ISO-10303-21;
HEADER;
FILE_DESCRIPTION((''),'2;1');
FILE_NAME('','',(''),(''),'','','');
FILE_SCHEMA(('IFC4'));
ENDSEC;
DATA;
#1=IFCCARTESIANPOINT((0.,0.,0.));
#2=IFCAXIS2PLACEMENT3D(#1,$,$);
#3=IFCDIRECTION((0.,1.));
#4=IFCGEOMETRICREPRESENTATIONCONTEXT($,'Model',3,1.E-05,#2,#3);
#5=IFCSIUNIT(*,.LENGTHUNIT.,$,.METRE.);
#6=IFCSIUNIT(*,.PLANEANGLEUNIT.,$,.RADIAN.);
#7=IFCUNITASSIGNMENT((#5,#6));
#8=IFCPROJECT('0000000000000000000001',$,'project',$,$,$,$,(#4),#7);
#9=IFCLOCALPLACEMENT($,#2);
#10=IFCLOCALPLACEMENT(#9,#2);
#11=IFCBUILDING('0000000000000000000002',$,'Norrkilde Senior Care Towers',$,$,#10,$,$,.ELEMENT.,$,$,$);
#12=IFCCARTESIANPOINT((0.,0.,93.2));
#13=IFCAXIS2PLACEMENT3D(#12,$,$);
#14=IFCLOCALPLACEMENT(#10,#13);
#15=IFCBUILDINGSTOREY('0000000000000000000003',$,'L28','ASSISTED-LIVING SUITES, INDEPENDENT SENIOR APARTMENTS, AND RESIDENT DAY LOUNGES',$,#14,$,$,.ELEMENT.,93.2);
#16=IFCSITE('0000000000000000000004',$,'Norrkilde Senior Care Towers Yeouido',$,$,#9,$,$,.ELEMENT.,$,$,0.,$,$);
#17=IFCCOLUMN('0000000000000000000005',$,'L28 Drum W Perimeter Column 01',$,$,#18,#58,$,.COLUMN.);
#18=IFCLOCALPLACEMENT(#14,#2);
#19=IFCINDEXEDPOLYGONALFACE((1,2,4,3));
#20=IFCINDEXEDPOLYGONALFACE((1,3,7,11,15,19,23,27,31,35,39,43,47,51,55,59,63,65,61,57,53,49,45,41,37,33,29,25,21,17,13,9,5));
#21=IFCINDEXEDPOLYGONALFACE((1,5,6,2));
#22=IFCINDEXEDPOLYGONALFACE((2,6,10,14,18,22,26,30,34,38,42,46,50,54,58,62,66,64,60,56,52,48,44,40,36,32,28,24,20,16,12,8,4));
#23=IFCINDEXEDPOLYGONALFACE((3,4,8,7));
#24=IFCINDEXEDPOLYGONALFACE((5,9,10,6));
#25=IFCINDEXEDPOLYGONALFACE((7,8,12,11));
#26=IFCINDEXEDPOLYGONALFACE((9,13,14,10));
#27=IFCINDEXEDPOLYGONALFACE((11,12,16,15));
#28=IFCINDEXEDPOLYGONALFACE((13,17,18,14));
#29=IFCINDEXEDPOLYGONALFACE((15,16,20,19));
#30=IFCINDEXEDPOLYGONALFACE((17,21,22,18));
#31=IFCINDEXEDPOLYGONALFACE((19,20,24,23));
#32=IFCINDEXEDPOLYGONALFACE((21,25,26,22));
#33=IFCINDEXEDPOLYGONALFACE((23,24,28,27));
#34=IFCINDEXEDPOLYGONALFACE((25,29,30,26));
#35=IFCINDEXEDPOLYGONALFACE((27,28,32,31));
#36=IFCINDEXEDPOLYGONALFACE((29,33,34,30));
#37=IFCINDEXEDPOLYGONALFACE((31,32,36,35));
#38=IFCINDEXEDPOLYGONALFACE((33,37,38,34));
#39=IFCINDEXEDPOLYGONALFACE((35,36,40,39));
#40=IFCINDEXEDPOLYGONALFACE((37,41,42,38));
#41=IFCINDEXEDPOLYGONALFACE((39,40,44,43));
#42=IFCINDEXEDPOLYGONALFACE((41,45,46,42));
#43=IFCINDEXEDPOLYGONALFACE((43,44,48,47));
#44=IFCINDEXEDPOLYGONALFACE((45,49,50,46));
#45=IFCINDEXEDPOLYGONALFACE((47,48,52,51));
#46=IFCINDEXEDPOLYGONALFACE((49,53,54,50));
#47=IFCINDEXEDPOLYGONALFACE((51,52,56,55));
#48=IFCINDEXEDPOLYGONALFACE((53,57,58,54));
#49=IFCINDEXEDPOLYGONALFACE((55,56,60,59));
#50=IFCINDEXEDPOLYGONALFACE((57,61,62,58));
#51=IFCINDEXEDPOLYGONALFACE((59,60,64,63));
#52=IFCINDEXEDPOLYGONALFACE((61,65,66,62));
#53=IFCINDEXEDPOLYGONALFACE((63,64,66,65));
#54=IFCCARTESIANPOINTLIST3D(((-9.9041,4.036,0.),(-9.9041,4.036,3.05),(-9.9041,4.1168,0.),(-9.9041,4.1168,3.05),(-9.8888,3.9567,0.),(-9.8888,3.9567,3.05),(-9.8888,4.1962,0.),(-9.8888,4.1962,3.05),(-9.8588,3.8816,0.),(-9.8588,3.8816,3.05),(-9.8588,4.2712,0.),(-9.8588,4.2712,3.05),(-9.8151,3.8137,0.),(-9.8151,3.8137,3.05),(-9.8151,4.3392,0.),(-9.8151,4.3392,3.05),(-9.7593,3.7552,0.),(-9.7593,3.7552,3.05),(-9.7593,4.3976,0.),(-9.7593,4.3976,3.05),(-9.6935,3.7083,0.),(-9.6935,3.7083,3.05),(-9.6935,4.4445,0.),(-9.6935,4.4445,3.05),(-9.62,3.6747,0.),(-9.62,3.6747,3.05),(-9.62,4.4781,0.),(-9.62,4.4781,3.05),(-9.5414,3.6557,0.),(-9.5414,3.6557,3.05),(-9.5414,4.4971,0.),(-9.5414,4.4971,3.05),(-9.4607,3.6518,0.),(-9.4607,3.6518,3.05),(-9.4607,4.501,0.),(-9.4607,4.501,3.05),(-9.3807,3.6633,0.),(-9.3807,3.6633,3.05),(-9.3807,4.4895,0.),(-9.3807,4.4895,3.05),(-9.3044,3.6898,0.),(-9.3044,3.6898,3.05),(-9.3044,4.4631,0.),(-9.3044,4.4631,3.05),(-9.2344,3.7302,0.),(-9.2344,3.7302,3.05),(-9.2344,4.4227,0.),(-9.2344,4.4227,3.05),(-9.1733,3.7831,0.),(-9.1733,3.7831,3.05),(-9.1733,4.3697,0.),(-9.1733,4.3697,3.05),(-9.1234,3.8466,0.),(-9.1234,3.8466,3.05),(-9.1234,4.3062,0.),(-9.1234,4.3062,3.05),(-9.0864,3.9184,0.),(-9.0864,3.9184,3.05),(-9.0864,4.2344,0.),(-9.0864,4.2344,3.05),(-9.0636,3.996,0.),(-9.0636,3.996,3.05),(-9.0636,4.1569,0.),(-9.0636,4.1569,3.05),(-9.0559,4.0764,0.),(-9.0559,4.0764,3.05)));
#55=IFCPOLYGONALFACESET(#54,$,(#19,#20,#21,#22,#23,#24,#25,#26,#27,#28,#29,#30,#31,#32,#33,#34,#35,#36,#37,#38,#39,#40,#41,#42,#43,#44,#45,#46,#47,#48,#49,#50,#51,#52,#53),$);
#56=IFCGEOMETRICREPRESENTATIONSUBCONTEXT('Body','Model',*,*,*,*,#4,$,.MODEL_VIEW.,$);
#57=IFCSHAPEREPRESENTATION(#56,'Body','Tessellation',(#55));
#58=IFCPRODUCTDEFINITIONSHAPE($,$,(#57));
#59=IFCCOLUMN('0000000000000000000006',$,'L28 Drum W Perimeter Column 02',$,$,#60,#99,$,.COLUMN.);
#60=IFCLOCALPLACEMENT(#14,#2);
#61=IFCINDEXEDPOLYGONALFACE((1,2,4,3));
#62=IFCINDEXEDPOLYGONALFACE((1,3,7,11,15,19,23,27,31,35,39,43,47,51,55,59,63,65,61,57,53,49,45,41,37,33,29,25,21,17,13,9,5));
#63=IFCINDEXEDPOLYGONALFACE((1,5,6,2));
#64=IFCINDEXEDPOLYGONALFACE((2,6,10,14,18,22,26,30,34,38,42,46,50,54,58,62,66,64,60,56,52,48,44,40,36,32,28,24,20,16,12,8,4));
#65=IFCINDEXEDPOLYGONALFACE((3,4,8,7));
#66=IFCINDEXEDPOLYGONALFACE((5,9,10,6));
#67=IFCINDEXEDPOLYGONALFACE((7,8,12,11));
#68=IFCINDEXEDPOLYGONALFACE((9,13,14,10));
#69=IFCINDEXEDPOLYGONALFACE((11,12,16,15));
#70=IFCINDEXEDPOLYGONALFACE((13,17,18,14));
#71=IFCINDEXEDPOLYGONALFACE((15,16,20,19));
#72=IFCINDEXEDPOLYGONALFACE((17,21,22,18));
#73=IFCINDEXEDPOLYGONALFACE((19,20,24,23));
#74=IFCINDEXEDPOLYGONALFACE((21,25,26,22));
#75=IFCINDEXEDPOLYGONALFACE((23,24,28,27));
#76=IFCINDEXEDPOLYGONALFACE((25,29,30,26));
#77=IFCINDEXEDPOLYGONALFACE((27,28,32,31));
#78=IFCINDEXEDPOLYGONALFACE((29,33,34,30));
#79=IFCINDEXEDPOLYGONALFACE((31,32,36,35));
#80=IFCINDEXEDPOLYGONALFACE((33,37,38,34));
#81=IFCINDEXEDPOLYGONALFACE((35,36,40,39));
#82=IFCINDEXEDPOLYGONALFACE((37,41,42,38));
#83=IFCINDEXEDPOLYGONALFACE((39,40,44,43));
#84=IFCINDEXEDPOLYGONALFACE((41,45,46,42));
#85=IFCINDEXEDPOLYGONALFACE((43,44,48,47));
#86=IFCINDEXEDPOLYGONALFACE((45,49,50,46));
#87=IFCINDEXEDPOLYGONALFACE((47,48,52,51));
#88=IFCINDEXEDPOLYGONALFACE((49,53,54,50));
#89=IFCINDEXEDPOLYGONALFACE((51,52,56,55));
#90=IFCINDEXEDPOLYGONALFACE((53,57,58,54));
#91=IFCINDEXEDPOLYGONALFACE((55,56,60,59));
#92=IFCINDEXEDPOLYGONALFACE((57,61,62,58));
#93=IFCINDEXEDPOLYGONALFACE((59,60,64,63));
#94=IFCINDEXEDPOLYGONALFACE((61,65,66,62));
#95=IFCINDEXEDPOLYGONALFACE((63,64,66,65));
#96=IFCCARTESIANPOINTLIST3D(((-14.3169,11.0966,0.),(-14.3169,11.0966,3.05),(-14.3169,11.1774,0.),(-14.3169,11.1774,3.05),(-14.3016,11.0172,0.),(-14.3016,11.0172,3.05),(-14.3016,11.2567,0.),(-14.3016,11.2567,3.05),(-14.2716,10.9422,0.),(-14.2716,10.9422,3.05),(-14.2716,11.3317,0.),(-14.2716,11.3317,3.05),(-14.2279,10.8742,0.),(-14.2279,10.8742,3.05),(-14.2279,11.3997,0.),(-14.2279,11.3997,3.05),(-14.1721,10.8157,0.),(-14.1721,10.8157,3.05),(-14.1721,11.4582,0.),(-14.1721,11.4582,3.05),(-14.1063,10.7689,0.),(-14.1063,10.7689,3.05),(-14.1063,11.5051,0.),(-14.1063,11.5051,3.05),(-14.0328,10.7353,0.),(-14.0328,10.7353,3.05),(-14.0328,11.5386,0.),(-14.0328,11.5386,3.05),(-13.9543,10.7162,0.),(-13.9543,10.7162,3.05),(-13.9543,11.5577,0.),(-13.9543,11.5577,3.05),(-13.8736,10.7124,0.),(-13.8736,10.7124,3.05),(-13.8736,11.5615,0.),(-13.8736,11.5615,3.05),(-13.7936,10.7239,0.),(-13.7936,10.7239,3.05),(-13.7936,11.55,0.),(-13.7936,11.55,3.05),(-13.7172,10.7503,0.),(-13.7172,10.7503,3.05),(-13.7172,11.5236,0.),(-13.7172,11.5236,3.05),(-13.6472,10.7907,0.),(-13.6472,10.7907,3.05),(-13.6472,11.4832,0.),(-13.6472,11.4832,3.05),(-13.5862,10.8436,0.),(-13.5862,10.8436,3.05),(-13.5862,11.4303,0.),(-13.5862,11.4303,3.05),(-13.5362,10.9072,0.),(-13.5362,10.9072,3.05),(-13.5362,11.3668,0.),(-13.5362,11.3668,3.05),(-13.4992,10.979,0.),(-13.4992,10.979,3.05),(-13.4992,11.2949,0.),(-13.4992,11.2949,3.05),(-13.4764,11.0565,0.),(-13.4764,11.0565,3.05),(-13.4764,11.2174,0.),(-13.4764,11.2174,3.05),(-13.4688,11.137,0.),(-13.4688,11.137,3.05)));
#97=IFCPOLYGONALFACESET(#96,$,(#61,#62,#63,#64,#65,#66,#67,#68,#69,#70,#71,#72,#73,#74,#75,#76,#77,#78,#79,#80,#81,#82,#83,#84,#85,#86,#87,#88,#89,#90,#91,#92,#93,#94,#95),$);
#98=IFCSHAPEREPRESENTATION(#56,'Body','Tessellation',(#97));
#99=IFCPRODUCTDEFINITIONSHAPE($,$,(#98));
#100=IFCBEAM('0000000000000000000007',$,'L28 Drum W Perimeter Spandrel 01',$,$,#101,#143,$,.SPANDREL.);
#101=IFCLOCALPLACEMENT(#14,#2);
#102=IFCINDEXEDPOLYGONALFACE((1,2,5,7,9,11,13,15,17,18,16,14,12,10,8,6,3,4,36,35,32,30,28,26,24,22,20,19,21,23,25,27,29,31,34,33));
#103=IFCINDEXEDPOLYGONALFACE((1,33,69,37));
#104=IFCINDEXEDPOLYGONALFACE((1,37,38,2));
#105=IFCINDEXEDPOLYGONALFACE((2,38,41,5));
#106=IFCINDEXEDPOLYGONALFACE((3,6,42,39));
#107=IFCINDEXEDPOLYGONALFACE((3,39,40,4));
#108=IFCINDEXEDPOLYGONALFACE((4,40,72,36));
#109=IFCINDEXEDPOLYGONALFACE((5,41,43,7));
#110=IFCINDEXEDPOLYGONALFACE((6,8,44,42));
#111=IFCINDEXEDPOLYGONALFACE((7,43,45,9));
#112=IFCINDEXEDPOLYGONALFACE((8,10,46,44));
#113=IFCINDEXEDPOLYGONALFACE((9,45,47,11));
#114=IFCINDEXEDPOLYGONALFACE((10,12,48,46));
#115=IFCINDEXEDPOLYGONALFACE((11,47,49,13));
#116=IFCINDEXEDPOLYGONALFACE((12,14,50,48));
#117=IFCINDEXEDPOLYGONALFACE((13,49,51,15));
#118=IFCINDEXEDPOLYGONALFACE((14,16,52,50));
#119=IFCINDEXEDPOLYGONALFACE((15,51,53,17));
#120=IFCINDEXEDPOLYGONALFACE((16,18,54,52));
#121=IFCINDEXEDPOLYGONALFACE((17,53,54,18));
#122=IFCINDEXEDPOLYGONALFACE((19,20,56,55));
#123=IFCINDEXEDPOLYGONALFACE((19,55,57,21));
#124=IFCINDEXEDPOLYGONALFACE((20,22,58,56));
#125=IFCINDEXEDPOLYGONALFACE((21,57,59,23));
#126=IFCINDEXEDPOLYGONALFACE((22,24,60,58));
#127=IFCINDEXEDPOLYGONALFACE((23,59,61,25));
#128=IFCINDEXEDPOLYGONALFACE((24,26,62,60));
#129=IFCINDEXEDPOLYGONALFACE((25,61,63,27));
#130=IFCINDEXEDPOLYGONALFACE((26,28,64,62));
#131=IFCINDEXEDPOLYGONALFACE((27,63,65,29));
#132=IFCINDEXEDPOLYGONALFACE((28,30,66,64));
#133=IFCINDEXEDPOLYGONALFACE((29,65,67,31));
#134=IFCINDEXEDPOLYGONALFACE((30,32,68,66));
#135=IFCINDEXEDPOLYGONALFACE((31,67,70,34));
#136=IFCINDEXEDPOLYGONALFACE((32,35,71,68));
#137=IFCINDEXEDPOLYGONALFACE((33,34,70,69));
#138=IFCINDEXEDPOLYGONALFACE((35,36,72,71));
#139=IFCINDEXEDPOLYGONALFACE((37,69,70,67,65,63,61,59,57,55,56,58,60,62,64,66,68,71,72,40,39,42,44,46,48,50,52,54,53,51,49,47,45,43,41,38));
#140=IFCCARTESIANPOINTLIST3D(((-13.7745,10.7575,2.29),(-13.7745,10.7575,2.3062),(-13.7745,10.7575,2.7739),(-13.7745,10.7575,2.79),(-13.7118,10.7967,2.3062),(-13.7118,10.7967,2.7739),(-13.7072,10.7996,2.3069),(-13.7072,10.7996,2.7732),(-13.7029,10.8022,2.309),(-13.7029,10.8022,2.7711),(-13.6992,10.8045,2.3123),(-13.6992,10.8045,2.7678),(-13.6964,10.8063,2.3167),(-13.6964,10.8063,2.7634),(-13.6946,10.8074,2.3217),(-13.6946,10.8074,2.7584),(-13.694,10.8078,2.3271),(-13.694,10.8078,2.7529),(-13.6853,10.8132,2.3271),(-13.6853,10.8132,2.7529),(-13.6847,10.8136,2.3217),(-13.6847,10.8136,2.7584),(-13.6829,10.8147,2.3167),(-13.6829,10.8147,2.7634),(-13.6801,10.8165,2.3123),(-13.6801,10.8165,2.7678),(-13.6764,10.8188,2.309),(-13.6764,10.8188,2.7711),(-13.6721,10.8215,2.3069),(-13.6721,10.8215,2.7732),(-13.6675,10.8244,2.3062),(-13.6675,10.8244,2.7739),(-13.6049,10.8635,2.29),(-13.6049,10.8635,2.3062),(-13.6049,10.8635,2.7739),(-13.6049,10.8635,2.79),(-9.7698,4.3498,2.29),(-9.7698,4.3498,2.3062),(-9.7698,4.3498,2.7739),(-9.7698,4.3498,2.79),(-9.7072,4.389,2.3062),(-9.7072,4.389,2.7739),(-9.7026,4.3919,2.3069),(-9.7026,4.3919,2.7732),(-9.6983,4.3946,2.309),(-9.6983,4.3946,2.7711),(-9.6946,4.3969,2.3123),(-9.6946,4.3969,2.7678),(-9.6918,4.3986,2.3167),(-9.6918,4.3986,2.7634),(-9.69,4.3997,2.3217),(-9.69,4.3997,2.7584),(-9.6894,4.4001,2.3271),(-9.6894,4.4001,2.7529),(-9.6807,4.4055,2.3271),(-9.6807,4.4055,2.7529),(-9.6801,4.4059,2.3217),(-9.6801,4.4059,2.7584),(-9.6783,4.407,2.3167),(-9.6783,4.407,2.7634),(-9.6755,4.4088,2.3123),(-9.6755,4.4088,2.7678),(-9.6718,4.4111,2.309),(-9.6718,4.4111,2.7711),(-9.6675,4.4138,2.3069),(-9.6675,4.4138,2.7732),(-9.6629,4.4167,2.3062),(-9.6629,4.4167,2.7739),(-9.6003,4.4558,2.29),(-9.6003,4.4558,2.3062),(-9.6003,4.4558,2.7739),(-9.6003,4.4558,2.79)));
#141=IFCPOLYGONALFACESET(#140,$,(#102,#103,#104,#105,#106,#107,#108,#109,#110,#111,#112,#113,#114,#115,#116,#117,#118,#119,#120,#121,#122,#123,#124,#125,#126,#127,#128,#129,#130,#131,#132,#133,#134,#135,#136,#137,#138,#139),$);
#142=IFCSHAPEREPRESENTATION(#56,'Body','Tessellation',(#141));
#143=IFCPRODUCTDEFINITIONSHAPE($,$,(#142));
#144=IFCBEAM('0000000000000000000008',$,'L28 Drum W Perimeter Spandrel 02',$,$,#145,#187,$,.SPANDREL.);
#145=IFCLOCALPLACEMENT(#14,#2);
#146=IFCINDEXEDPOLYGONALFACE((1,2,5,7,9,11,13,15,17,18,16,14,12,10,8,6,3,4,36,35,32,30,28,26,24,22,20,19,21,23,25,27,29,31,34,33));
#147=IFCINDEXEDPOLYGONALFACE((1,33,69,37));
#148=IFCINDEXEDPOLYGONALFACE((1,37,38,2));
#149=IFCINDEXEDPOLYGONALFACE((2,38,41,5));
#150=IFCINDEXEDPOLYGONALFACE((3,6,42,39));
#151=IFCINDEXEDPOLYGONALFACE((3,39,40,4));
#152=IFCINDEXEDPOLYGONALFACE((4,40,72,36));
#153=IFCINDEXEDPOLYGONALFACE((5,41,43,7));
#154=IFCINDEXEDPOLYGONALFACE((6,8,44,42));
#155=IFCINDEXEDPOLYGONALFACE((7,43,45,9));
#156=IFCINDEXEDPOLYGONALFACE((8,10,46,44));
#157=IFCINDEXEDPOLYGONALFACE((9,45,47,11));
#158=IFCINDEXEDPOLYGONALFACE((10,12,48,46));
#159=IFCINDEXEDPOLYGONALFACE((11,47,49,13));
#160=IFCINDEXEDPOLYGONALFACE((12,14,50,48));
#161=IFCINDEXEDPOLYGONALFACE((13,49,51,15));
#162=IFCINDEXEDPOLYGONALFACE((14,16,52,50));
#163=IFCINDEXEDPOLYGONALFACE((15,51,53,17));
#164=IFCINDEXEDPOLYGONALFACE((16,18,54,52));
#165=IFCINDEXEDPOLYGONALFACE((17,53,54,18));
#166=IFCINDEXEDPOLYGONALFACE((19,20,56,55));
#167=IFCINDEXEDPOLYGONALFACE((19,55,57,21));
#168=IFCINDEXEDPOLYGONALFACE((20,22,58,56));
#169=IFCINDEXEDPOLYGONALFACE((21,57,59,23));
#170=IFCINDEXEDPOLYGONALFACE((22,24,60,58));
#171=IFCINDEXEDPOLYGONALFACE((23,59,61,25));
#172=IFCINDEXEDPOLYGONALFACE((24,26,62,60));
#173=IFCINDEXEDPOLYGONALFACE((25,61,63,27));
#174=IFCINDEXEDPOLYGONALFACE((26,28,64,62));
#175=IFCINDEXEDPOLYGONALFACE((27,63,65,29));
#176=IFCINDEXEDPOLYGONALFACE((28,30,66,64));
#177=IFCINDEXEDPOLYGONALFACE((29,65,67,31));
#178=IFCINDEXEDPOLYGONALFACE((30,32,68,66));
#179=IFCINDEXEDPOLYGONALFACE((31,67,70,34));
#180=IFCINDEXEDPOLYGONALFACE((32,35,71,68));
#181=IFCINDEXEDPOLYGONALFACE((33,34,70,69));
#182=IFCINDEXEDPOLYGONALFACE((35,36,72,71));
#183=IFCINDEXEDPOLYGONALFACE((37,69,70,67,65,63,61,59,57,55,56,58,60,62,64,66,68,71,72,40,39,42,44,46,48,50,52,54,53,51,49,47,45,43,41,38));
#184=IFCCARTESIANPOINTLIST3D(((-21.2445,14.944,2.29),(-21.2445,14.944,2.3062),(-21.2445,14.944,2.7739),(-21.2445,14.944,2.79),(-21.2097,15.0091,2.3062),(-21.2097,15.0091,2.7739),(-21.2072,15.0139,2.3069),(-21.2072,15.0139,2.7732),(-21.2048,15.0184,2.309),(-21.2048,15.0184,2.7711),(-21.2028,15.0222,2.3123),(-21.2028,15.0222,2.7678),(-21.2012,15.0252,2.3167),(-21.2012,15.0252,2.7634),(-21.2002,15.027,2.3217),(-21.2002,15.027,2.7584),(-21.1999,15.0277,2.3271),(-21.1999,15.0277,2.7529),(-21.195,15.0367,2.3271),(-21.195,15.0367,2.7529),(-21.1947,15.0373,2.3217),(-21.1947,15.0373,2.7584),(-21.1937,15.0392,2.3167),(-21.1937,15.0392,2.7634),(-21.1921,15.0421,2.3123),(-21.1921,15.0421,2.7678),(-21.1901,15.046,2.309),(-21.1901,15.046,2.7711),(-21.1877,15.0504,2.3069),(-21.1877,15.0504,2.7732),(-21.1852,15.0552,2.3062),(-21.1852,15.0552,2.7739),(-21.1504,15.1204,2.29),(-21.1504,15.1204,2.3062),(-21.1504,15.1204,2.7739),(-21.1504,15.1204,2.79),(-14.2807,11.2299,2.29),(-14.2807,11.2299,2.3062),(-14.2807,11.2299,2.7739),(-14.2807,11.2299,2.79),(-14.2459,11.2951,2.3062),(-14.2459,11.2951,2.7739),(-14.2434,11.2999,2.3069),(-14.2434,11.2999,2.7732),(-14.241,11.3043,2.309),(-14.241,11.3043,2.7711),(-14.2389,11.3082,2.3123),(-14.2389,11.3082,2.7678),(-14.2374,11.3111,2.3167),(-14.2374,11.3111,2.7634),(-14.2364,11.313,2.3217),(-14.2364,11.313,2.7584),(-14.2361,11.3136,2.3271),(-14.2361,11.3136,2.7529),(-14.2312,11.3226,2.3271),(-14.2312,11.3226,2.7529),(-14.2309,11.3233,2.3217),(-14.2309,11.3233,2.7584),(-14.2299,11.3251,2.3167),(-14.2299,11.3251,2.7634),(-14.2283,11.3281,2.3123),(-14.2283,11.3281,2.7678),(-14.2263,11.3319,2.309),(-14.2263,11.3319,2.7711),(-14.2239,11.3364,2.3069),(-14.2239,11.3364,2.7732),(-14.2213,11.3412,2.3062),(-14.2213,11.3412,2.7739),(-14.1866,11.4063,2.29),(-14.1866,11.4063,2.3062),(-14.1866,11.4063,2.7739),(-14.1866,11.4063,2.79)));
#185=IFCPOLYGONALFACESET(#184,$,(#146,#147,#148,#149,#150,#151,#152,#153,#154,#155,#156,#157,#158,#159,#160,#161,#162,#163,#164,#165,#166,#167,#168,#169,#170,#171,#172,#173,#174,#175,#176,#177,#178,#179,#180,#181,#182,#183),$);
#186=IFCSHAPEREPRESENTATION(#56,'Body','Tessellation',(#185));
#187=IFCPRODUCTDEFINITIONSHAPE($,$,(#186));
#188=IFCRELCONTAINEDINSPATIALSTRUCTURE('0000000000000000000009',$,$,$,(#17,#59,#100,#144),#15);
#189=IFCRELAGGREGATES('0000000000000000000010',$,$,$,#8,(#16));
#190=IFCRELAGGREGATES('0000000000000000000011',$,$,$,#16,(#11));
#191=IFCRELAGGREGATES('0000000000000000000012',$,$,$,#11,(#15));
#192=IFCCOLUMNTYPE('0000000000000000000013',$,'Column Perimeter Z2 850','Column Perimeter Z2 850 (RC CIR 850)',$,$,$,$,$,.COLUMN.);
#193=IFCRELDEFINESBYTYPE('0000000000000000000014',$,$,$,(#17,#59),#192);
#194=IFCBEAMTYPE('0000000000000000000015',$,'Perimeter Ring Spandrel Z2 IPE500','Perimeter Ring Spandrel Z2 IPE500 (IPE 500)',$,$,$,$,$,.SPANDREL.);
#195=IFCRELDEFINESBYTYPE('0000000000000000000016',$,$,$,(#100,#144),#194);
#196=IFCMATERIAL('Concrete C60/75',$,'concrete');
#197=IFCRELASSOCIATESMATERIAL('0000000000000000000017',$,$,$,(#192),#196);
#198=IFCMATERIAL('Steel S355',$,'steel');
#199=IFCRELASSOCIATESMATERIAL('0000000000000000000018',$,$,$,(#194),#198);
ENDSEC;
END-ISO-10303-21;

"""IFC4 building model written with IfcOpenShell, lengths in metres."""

from ifc_helpers import new_model, si_unit, direction, frame, origin, origin_2d, place, context, subcontext, project, spatial, circle, i_section, extrude, source, transform, mapped, material, material_profile, profile_set, type_object, type_shapes, element, save


model = new_model("IFC4")

# Units and contexts
model_context = context("Model", 3, precision=1e-05, world=origin(), true_north=direction((0.0, 1.0)))
body_context = subcontext(model_context, "Body", "Model", "MODEL_VIEW")
ifc_project = project(units=[si_unit("LENGTHUNIT", "METRE"), si_unit("PLANEANGLEUNIT", "RADIAN")], contexts=[model_context])

# Site, building, storey
site_placement = place(None, origin())
site = spatial("IfcSite", under=ifc_project, at=site_placement, Name="Norrkilde Senior Care Towers Yeouido", CompositionType="ELEMENT", RefElevation=0.0)
building_placement = place(site_placement, origin())
building = spatial("IfcBuilding", under=site, at=building_placement, Name="Norrkilde Senior Care Towers", CompositionType="ELEMENT")
storey_placement = place(building_placement, frame((0.0, 0.0, 93.2)))
storey = spatial("IfcBuildingStorey", under=building, at=storey_placement, Name="L28", Description="ASSISTED-LIVING SUITES, INDEPENDENT SENIOR APARTMENTS, AND RESIDENT DAY LOUNGES", CompositionType="ELEMENT", Elevation=93.2)

# Columns
ifc_material_1 = material(Name="Concrete C60/75", Category="concrete")
ifc_material_profile_1 = material_profile(ifc_material_1, circle(Radius=0.425, at=origin_2d()), Name="RC CIR 850")
ifc_profile_set_1 = profile_set([ifc_material_profile_1], Name="Concrete C60/75")
column_type = type_object("IfcColumnType", Name="Column Perimeter Z2 850", Description="Column Perimeter Z2 850 (RC CIR 850)", PredefinedType="COLUMN", material=ifc_profile_set_1)
shared_shape_1 = source(origin(), body_context, "Body", "SweptSolid", [
    extrude(circle(Radius=0.425, at=origin_2d()), origin(), (0.0, 0.0, 1.0), 3.05),
])
type_shapes(column_type, [shared_shape_1])
for number, where, z_axis, x_axis, name in (
    (1, (-9.481, 4.0764, 0.0), (0.0, 0.0, 1.0), (1.0, 0.0, 0.0), "L28 Drum W Perimeter Column 01"),
    (2, (-13.8938, 11.137, 0.0), (0.0, 0.0, 1.0), (1.0, 0.0, 0.0), "L28 Drum W Perimeter Column 02"),
):
    element("IfcColumn", number, at=place(storey_placement, frame(where, z_axis=z_axis, x_axis=x_axis)), inside=storey, type_object=column_type, Name=name, PredefinedType="COLUMN", context=body_context, shape_type="MappedRepresentation", body=[
        mapped(shared_shape_1, transform((0.0, 0.0, 0.0), x_axis=(1.0, 0.0, 0.0), y_axis=(0.0, 1.0, 0.0), z_axis=(0.0, 0.0, 1.0), scale=1.0)),
    ])

# Beams
ifc_material_2 = material(Name="Steel S355", Category="steel")
ifc_material_profile_2 = material_profile(ifc_material_2, i_section(OverallWidth=0.2, OverallDepth=0.5, WebThickness=0.0103, FlangeThickness=0.0161, FilletRadius=0.021, at=origin_2d()), Name="IPE 500")
ifc_profile_set_2 = profile_set([ifc_material_profile_2], Name="Steel S355")
beam_type_1 = type_object("IfcBeamType", Name="Perimeter Ring Spandrel Z2 IPE500", Description="Perimeter Ring Spandrel Z2 IPE500 (IPE 500)", PredefinedType="SPANDREL", material=ifc_profile_set_2)
shared_shape_2 = source(origin(), body_context, "Body", "SweptSolid", [
    extrude(i_section(OverallWidth=0.2, OverallDepth=0.5, WebThickness=0.0103, FlangeThickness=0.0161, FilletRadius=0.021, at=origin_2d()), origin(), (0.0, 0.0, 1.0), 7.5562),
])
beam_1_placement = place(storey_placement, frame((-9.6851, 4.4028, 2.54), z_axis=(-0.529982, 0.848009, 0.0), x_axis=(-0.848009, -0.529982, 0.0)))
element("IfcBeam", 3, at=beam_1_placement, inside=storey, type_object=beam_type_1, Name="L28 Drum W Perimeter Spandrel 01", PredefinedType="SPANDREL", context=body_context, shape_type="MappedRepresentation", body=[
    mapped(shared_shape_2, transform((0.0, 0.0, 0.0), x_axis=(1.0, 0.0, 0.0), y_axis=(0.0, 1.0, 0.0), z_axis=(0.0, 0.0, 1.0), scale=1.0)),
])
shared_shape_3 = source(origin(), body_context, "Body", "SweptSolid", [
    extrude(i_section(OverallWidth=0.2, OverallDepth=0.5, WebThickness=0.0103, FlangeThickness=0.0161, FilletRadius=0.021, at=origin_2d()), origin(), (0.0, 0.0, 1.0), 7.8923),
])
type_shapes(beam_type_1, [shared_shape_2, shared_shape_3])
beam_2_placement = place(storey_placement, frame((-14.2336, 11.3181, 2.54), z_axis=(-0.88235, 0.470593, 0.0), x_axis=(-0.470593, -0.88235, 0.0)))
element("IfcBeam", 4, at=beam_2_placement, inside=storey, type_object=beam_type_1, Name="L28 Drum W Perimeter Spandrel 02", PredefinedType="SPANDREL", context=body_context, shape_type="MappedRepresentation", body=[
    mapped(shared_shape_3, transform((0.0, 0.0, 0.0), x_axis=(1.0, 0.0, 0.0), y_axis=(0.0, 1.0, 0.0), z_axis=(0.0, 0.0, 1.0), scale=1.0)),
])

save(model, "model.ifc")
